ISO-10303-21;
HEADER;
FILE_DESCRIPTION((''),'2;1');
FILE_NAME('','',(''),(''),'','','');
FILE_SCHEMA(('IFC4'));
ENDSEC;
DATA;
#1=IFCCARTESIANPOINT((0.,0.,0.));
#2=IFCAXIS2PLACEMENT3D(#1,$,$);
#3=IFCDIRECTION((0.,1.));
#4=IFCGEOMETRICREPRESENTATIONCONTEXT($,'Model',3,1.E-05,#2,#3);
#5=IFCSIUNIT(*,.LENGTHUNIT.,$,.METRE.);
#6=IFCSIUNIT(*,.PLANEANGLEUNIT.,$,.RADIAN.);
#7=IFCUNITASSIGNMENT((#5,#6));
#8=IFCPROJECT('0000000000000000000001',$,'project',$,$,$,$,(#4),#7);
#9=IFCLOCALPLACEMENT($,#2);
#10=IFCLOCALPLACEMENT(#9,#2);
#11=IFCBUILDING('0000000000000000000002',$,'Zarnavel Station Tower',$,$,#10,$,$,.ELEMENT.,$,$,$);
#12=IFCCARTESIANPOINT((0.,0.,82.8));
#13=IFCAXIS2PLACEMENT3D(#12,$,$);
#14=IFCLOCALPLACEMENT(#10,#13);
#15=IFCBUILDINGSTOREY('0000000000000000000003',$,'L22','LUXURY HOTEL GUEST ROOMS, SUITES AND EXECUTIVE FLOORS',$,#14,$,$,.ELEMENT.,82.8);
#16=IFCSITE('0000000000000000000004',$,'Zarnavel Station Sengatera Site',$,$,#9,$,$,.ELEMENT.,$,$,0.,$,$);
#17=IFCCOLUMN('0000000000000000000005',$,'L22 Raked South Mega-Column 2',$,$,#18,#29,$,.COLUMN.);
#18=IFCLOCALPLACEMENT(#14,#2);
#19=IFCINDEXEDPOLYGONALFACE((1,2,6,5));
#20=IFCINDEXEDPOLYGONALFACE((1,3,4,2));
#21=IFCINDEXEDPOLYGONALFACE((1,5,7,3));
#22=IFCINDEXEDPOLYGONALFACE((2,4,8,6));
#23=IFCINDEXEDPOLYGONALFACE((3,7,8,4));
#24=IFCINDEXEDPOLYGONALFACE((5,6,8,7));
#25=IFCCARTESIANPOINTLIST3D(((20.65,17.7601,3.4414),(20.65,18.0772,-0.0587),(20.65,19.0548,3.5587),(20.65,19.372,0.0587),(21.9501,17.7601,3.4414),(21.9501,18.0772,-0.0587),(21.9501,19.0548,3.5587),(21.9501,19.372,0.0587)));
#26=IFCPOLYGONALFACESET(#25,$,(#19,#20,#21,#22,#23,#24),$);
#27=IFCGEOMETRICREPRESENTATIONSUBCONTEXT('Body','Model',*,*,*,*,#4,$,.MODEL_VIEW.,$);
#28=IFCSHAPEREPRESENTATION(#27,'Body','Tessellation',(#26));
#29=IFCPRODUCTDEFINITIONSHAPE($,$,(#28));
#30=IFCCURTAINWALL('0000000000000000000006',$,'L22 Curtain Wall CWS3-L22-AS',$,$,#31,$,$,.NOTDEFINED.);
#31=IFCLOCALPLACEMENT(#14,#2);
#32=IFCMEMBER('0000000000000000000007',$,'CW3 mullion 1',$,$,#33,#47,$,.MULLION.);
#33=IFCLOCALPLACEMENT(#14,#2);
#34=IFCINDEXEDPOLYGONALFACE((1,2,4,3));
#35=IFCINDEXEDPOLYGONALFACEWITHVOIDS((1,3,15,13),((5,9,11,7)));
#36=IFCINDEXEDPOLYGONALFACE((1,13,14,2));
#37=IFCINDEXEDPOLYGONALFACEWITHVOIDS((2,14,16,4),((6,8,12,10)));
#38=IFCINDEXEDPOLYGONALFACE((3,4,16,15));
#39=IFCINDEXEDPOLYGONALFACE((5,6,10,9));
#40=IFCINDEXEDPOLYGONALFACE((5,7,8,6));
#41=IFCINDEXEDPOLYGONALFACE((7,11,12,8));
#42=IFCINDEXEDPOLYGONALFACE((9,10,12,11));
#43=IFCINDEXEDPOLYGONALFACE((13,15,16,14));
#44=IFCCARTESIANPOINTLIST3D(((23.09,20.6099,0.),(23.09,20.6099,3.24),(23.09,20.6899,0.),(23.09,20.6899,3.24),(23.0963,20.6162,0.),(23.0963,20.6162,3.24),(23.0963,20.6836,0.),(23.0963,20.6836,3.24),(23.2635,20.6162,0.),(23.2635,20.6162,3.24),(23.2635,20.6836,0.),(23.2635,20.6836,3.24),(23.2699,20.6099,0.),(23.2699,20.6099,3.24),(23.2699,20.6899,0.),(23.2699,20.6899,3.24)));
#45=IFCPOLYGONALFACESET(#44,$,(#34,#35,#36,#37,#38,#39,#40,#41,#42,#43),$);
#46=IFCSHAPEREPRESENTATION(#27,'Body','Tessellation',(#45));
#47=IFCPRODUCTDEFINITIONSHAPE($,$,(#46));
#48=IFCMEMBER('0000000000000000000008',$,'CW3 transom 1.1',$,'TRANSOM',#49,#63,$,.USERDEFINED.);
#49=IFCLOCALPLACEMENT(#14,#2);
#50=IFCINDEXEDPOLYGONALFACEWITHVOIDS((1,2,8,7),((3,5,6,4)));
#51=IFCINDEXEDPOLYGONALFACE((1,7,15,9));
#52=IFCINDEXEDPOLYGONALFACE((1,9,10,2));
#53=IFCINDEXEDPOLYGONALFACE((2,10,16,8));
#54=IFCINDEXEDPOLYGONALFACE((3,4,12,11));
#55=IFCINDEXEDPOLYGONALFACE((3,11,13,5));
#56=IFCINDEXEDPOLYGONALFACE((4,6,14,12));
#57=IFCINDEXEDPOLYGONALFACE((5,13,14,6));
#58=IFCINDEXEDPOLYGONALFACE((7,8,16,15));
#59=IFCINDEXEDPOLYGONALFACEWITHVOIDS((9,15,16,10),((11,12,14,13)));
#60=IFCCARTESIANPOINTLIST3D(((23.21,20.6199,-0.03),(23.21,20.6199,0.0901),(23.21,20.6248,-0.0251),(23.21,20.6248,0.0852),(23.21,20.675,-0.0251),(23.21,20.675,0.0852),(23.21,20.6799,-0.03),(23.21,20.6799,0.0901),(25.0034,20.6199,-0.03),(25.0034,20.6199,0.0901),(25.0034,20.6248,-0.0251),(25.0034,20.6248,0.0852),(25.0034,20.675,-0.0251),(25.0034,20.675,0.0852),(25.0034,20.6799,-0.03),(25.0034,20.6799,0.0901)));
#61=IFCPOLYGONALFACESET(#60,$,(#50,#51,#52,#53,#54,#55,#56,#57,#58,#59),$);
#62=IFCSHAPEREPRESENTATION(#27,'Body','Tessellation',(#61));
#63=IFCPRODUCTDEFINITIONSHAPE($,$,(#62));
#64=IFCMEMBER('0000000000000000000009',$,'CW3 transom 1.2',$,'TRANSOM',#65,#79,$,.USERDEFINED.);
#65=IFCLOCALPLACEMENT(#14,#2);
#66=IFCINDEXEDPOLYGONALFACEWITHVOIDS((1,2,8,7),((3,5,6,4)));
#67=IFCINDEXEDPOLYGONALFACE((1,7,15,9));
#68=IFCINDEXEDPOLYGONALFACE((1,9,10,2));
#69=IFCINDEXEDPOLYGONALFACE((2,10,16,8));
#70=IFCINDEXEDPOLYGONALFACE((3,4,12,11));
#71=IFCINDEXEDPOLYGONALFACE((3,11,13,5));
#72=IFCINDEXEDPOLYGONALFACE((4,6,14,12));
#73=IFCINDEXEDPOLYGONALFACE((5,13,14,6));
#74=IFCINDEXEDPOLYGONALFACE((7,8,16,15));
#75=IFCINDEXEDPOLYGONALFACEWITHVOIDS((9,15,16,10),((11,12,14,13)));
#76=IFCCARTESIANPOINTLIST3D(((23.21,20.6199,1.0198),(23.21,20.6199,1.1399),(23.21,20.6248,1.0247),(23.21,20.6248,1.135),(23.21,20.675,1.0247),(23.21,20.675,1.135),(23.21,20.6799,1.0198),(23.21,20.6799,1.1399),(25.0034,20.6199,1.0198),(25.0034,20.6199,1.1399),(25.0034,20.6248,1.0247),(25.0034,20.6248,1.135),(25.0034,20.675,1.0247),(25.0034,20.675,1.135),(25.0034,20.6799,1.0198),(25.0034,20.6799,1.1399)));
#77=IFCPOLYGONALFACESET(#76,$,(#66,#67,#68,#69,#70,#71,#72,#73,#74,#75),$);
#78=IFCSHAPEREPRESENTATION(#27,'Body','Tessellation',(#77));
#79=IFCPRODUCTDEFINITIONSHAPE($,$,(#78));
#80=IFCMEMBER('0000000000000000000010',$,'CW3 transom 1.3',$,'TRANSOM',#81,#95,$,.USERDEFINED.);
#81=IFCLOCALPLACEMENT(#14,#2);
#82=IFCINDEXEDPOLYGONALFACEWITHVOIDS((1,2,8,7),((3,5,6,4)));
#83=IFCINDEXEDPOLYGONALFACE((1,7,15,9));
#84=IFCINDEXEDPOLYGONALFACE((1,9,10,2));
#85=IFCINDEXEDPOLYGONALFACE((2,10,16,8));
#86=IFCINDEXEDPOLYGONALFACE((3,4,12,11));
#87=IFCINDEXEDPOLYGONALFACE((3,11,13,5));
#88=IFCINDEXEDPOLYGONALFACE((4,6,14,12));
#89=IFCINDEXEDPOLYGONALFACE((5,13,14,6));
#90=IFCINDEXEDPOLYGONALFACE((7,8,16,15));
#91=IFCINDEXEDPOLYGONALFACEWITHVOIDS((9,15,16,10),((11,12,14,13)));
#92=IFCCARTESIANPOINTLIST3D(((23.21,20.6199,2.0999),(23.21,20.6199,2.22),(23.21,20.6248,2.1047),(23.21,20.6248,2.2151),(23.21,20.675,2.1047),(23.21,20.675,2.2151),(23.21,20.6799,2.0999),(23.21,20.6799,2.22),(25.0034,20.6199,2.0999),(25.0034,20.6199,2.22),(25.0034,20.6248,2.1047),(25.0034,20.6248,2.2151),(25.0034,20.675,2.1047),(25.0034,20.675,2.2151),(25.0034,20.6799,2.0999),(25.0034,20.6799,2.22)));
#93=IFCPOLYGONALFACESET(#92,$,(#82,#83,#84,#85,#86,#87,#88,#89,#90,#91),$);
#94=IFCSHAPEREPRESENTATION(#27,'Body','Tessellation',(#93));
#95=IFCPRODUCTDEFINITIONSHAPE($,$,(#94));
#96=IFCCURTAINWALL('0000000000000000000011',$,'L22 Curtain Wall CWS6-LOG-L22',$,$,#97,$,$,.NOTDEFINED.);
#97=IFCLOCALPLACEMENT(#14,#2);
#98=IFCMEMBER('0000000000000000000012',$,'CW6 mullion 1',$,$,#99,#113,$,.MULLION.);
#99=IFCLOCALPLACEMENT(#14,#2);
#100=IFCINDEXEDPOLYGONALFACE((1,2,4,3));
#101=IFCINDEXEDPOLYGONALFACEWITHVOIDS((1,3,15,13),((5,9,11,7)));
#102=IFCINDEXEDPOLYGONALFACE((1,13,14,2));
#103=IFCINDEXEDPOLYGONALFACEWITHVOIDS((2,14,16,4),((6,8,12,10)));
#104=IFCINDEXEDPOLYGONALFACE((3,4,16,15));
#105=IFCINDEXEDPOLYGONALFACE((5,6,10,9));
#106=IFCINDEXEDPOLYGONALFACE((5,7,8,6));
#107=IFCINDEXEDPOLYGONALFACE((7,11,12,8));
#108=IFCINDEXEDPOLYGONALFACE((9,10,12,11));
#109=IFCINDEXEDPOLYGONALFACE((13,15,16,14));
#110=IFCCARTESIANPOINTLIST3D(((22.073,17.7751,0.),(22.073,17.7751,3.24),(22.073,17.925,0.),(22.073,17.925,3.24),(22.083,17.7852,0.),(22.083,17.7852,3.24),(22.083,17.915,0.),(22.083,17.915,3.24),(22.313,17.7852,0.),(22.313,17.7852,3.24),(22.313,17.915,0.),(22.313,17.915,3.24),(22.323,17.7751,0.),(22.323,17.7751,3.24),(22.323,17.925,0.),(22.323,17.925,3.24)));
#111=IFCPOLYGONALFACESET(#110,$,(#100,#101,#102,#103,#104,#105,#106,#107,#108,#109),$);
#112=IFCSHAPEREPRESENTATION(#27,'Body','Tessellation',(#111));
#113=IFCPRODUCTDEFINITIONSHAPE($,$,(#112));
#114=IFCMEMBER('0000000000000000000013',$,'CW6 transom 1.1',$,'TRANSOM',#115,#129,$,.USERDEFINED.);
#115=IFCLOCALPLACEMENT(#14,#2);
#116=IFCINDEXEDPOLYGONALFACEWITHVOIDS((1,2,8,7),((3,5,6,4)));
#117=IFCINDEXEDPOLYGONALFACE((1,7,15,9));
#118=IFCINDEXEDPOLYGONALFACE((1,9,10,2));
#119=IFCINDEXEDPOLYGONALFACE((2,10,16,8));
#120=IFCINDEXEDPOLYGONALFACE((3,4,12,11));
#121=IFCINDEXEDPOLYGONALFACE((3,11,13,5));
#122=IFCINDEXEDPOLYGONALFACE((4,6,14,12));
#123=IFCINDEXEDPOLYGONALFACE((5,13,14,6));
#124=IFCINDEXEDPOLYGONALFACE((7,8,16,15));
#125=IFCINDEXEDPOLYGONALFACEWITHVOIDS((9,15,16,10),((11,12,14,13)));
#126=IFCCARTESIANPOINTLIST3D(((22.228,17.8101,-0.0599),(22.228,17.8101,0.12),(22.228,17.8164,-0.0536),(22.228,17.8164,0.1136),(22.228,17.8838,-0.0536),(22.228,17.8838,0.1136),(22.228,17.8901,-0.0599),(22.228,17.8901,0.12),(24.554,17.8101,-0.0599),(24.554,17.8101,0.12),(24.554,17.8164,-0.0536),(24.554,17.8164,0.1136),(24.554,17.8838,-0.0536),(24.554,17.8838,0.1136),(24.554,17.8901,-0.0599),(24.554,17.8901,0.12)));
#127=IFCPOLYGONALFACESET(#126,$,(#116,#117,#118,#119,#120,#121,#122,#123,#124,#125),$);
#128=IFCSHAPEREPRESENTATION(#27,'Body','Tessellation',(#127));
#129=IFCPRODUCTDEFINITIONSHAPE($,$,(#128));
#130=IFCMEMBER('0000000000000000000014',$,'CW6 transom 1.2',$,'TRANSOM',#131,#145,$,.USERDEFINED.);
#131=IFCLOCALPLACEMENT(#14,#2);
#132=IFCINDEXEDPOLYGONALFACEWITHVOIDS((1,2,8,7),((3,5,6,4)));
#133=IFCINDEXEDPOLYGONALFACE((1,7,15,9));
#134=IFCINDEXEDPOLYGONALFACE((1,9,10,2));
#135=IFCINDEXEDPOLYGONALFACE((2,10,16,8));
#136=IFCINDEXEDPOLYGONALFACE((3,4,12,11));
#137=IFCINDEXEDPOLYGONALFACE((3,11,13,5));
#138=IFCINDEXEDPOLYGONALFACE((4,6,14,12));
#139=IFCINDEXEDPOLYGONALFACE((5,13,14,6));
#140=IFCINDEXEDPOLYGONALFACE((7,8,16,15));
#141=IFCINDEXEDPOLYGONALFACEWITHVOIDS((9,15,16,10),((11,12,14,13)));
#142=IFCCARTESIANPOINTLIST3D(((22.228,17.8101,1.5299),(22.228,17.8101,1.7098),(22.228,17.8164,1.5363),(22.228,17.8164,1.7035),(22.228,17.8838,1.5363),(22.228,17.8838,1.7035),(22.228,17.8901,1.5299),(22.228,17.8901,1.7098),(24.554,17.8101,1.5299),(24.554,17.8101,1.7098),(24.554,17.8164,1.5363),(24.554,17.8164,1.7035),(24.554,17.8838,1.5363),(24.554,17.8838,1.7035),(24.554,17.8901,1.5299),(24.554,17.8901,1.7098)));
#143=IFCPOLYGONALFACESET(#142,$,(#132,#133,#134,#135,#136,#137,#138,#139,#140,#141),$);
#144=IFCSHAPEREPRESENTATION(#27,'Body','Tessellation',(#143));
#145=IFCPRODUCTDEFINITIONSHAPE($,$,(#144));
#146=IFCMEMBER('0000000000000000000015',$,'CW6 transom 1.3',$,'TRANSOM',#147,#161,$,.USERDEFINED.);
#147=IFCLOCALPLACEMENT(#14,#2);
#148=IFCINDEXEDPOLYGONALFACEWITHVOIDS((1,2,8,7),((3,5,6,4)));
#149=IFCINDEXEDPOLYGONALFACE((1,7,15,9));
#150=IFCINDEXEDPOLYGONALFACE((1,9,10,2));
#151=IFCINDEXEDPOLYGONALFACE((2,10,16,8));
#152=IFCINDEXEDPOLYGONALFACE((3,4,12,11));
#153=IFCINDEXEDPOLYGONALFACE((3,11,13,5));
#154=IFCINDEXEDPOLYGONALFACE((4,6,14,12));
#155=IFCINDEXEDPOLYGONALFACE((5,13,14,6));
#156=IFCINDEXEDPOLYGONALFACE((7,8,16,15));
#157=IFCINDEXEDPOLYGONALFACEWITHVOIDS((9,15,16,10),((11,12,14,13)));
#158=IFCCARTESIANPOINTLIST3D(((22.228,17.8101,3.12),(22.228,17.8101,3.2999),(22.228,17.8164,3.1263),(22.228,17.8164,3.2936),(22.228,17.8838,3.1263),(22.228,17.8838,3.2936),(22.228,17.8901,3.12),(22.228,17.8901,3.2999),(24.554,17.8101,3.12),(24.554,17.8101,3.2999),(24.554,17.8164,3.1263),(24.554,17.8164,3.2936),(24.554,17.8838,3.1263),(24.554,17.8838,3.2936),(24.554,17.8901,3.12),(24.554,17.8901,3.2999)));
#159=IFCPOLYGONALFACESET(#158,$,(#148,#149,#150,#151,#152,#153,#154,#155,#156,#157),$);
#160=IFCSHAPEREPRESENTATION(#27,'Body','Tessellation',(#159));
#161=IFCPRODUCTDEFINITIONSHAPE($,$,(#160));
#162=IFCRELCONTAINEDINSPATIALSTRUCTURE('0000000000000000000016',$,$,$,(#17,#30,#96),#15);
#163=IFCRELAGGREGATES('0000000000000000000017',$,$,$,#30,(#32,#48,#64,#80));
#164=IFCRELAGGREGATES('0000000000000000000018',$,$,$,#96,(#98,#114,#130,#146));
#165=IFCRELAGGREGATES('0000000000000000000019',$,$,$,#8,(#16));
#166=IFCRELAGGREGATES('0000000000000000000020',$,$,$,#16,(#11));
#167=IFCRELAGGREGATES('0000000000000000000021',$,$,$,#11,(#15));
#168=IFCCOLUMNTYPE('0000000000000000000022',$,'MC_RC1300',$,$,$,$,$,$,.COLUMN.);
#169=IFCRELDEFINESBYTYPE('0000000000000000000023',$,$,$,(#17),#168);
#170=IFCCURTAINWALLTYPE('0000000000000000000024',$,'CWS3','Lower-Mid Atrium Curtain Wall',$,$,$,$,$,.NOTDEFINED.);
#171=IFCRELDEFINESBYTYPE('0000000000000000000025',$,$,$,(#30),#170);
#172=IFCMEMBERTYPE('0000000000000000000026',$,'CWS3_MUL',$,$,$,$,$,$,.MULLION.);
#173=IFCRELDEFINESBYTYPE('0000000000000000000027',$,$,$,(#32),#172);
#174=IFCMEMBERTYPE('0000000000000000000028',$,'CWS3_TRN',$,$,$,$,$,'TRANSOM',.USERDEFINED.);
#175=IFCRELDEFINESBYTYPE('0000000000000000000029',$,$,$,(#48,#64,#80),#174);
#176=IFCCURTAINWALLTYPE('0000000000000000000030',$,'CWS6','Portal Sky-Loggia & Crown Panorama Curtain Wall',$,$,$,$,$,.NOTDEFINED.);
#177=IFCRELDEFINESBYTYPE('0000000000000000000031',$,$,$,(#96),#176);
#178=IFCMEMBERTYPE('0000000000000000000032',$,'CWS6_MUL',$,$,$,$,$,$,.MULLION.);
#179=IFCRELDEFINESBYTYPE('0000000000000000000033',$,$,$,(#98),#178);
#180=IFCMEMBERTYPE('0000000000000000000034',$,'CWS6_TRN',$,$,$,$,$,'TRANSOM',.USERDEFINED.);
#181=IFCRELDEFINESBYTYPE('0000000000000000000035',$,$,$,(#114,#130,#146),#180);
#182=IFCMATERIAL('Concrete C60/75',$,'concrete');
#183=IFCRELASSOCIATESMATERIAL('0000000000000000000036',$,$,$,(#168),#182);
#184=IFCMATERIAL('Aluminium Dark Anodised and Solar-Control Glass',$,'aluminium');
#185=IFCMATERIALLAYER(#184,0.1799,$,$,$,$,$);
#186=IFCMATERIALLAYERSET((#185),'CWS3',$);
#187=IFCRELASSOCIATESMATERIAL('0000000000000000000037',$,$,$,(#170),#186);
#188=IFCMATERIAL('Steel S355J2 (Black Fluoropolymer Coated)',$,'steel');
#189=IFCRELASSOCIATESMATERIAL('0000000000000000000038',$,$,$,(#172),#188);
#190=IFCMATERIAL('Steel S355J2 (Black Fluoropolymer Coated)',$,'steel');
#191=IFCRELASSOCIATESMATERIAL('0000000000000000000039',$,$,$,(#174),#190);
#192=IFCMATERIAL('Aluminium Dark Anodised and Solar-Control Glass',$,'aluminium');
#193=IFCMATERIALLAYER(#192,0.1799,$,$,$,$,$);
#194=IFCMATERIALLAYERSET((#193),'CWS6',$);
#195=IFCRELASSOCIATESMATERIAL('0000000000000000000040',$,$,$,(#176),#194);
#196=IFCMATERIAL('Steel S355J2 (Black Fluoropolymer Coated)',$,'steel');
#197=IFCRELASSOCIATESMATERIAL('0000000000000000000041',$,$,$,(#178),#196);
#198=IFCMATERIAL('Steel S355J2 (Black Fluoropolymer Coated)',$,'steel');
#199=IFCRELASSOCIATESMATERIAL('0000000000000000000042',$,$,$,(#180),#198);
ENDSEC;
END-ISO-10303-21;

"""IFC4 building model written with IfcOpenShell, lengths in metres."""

from ifc_helpers import new_model, si_unit, direction, frame, origin, origin_2d, place, context, subcontext, project, spatial, rectangle, hollow_rectangle, extrude, material, layer, layer_set, material_profile, profile_set, type_object, element, aggregate, save


model = new_model("IFC4")

# Units and contexts
model_context = context("Model", 3, precision=1e-05, world=origin(), true_north=direction((0.0, 1.0)))
body_context = subcontext(model_context, "Body", "Model", "MODEL_VIEW")
ifc_project = project(units=[si_unit("LENGTHUNIT", "METRE"), si_unit("PLANEANGLEUNIT", "RADIAN")], contexts=[model_context])

# Site, building, storey
site_placement = place(None, origin())
site = spatial("IfcSite", under=ifc_project, at=site_placement, Name="Zarnavel Station Sengatera Site", CompositionType="ELEMENT", RefElevation=0.0)
building_placement = place(site_placement, origin())
building = spatial("IfcBuilding", under=site, at=building_placement, Name="Zarnavel Station Tower", CompositionType="ELEMENT")
storey_placement = place(building_placement, frame((0.0, 0.0, 82.8)))
storey = spatial("IfcBuildingStorey", under=building, at=storey_placement, Name="L22", Description="LUXURY HOTEL GUEST ROOMS, SUITES AND EXECUTIVE FLOORS", CompositionType="ELEMENT", Elevation=82.8)

# Column
ifc_material_1 = material(Name="Concrete C60/75", Category="concrete")
ifc_material_profile_1 = material_profile(ifc_material_1, rectangle(XDim=1.3, YDim=1.3, at=origin_2d()), Name="RC1300x1300")
ifc_profile_set_1 = profile_set([ifc_material_profile_1], Name="Concrete C60/75")
column_type = type_object("IfcColumnType", Name="MC_RC1300", PredefinedType="COLUMN", material=ifc_profile_set_1)
column_placement = place(storey_placement, frame((21.3, 18.7246, 0.0), z_axis=(0.0, -0.090241, 0.99592), x_axis=(1.0, 0.0, 0.0)))
element("IfcColumn", 1, at=column_placement, inside=storey, type_object=column_type, Name="L22 Raked South Mega-Column 2", PredefinedType="COLUMN", context=body_context, shape_type="SweptSolid", body=[
    extrude(rectangle(XDim=1.3, YDim=1.3, at=origin_2d()), origin(), (0.0, 0.0, 1.0), 3.5144),
])

# Curtain walls, members
ifc_material_2 = material(Name="Aluminium Dark Anodised and Solar-Control Glass", Category="aluminium")
ifc_layer_1 = layer(ifc_material_2, 0.1799)
ifc_layer_set_1 = layer_set([ifc_layer_1], Name="CWS3")
curtain_wall_type_1 = type_object("IfcCurtainWallType", Name="CWS3", Description="Lower-Mid Atrium Curtain Wall", PredefinedType="NOTDEFINED", material=ifc_layer_set_1)
curtain_wall_1_placement = place(storey_placement, origin())
curtain_wall_1 = element("IfcCurtainWall", 2, at=curtain_wall_1_placement, inside=storey, type_object=curtain_wall_type_1, Name="L22 Curtain Wall CWS3-L22-AS", PredefinedType="NOTDEFINED")
ifc_material_3 = material(Name="Steel S355J2 (Black Fluoropolymer Coated)", Category="steel")
ifc_material_profile_2 = material_profile(ifc_material_3, hollow_rectangle(XDim=0.0801, YDim=0.1799, WallThickness=0.0063, at=origin_2d()), Name="RHS180x80x6.3")
ifc_profile_set_2 = profile_set([ifc_material_profile_2], Name="Steel S355J2 (Black Fluoropolymer Coated)")
member_type_1 = type_object("IfcMemberType", Name="CWS3_MUL", PredefinedType="MULLION", material=ifc_profile_set_2)
member_1_placement = place(storey_placement, frame((23.1799, 20.6499, 0.0), z_axis=(0.0, 0.0, 1.0), x_axis=(0.0, 1.0, 0.0)))
member_1 = element("IfcMember", 3, at=member_1_placement, type_object=member_type_1, Name="CW3 mullion 1", PredefinedType="MULLION", context=body_context, shape_type="SweptSolid", body=[
    extrude(hollow_rectangle(XDim=0.0801, YDim=0.1799, WallThickness=0.0063, at=origin_2d()), origin(), (0.0, 0.0, 1.0), 3.24),
])
ifc_material_4 = material(Name="Steel S355J2 (Black Fluoropolymer Coated)", Category="steel")
ifc_material_profile_3 = material_profile(ifc_material_4, hollow_rectangle(XDim=0.0601, YDim=0.1201, WallThickness=0.0049, at=origin_2d()), Name="RHS120x60x5")
ifc_profile_set_3 = profile_set([ifc_material_profile_3], Name="Steel S355J2 (Black Fluoropolymer Coated)")
member_type_2 = type_object("IfcMemberType", Name="CWS3_TRN", ElementType="TRANSOM", PredefinedType="USERDEFINED", material=ifc_profile_set_3)
member_2_placement = place(storey_placement, frame((23.21, 20.6499, 0.03), z_axis=(1.0, 0.0, 0.0), x_axis=(0.0, 1.0, 0.0)))
member_2 = element("IfcMember", 4, at=member_2_placement, type_object=member_type_2, Name="CW3 transom 1.1", ObjectType="TRANSOM", PredefinedType="USERDEFINED", context=body_context, shape_type="SweptSolid", body=[
    extrude(hollow_rectangle(XDim=0.0601, YDim=0.1201, WallThickness=0.0049, at=origin_2d()), origin(), (0.0, 0.0, 1.0), 1.7935),
])
member_3_placement = place(storey_placement, frame((23.21, 20.6499, 1.0798), z_axis=(1.0, 0.0, 0.0), x_axis=(0.0, 1.0, 0.0)))
member_3 = element("IfcMember", 5, at=member_3_placement, type_object=member_type_2, Name="CW3 transom 1.2", ObjectType="TRANSOM", PredefinedType="USERDEFINED", context=body_context, shape_type="SweptSolid", body=[
    extrude(hollow_rectangle(XDim=0.0601, YDim=0.1201, WallThickness=0.0049, at=origin_2d()), origin(), (0.0, 0.0, 1.0), 1.7935),
])
member_4_placement = place(storey_placement, frame((23.21, 20.6499, 2.1599), z_axis=(1.0, 0.0, 0.0), x_axis=(0.0, 1.0, 0.0)))
member_4 = element("IfcMember", 6, at=member_4_placement, type_object=member_type_2, Name="CW3 transom 1.3", ObjectType="TRANSOM", PredefinedType="USERDEFINED", context=body_context, shape_type="SweptSolid", body=[
    extrude(hollow_rectangle(XDim=0.0601, YDim=0.1201, WallThickness=0.0049, at=origin_2d()), origin(), (0.0, 0.0, 1.0), 1.7935),
])
aggregate(curtain_wall_1, [member_1, member_2, member_3, member_4])
ifc_material_5 = material(Name="Aluminium Dark Anodised and Solar-Control Glass", Category="aluminium")
ifc_layer_2 = layer(ifc_material_5, 0.1799)
ifc_layer_set_2 = layer_set([ifc_layer_2], Name="CWS6")
curtain_wall_type_2 = type_object("IfcCurtainWallType", Name="CWS6", Description="Portal Sky-Loggia & Crown Panorama Curtain Wall", PredefinedType="NOTDEFINED", material=ifc_layer_set_2)
curtain_wall_2_placement = place(storey_placement, origin())
curtain_wall_2 = element("IfcCurtainWall", 7, at=curtain_wall_2_placement, inside=storey, type_object=curtain_wall_type_2, Name="L22 Curtain Wall CWS6-LOG-L22", PredefinedType="NOTDEFINED")
ifc_material_6 = material(Name="Steel S355J2 (Black Fluoropolymer Coated)", Category="steel")
ifc_material_profile_4 = material_profile(ifc_material_6, hollow_rectangle(XDim=0.1499, YDim=0.25, WallThickness=0.01, at=origin_2d()), Name="RHS250x150x10")
ifc_profile_set_4 = profile_set([ifc_material_profile_4], Name="Steel S355J2 (Black Fluoropolymer Coated)")
member_type_3 = type_object("IfcMemberType", Name="CWS6_MUL", PredefinedType="MULLION", material=ifc_profile_set_4)
member_5_placement = place(storey_placement, frame((22.198, 17.8501, 0.0), z_axis=(0.0, 0.0, 1.0), x_axis=(0.0, 1.0, 0.0)))
member_5 = element("IfcMember", 8, at=member_5_placement, type_object=member_type_3, Name="CW6 mullion 1", PredefinedType="MULLION", context=body_context, shape_type="SweptSolid", body=[
    extrude(hollow_rectangle(XDim=0.1499, YDim=0.25, WallThickness=0.01, at=origin_2d()), origin(), (0.0, 0.0, 1.0), 3.24),
])
ifc_material_7 = material(Name="Steel S355J2 (Black Fluoropolymer Coated)", Category="steel")
ifc_material_profile_5 = material_profile(ifc_material_7, hollow_rectangle(XDim=0.0801, YDim=0.1799, WallThickness=0.0063, at=origin_2d()), Name="RHS180x80x6.3")
ifc_profile_set_5 = profile_set([ifc_material_profile_5], Name="Steel S355J2 (Black Fluoropolymer Coated)")
member_type_4 = type_object("IfcMemberType", Name="CWS6_TRN", ElementType="TRANSOM", PredefinedType="USERDEFINED", material=ifc_profile_set_5)
member_6_placement = place(storey_placement, frame((22.228, 17.8501, 0.03), z_axis=(1.0, 0.0, 0.0), x_axis=(0.0, 1.0, 0.0)))
member_6 = element("IfcMember", 9, at=member_6_placement, type_object=member_type_4, Name="CW6 transom 1.1", ObjectType="TRANSOM", PredefinedType="USERDEFINED", context=body_context, shape_type="SweptSolid", body=[
    extrude(hollow_rectangle(XDim=0.0801, YDim=0.1799, WallThickness=0.0063, at=origin_2d()), origin(), (0.0, 0.0, 1.0), 2.3259),
])
member_7_placement = place(storey_placement, frame((22.228, 17.8501, 1.6199), z_axis=(1.0, 0.0, 0.0), x_axis=(0.0, 1.0, 0.0)))
member_7 = element("IfcMember", 10, at=member_7_placement, type_object=member_type_4, Name="CW6 transom 1.2", ObjectType="TRANSOM", PredefinedType="USERDEFINED", context=body_context, shape_type="SweptSolid", body=[
    extrude(hollow_rectangle(XDim=0.0801, YDim=0.1799, WallThickness=0.0063, at=origin_2d()), origin(), (0.0, 0.0, 1.0), 2.3259),
])
member_8_placement = place(storey_placement, frame((22.228, 17.8501, 3.21), z_axis=(1.0, 0.0, 0.0), x_axis=(0.0, 1.0, 0.0)))
member_8 = element("IfcMember", 11, at=member_8_placement, type_object=member_type_4, Name="CW6 transom 1.3", ObjectType="TRANSOM", PredefinedType="USERDEFINED", context=body_context, shape_type="SweptSolid", body=[
    extrude(hollow_rectangle(XDim=0.0801, YDim=0.1799, WallThickness=0.0063, at=origin_2d()), origin(), (0.0, 0.0, 1.0), 2.3259),
])
aggregate(curtain_wall_2, [member_5, member_6, member_7, member_8])

save(model, "model.ifc")
